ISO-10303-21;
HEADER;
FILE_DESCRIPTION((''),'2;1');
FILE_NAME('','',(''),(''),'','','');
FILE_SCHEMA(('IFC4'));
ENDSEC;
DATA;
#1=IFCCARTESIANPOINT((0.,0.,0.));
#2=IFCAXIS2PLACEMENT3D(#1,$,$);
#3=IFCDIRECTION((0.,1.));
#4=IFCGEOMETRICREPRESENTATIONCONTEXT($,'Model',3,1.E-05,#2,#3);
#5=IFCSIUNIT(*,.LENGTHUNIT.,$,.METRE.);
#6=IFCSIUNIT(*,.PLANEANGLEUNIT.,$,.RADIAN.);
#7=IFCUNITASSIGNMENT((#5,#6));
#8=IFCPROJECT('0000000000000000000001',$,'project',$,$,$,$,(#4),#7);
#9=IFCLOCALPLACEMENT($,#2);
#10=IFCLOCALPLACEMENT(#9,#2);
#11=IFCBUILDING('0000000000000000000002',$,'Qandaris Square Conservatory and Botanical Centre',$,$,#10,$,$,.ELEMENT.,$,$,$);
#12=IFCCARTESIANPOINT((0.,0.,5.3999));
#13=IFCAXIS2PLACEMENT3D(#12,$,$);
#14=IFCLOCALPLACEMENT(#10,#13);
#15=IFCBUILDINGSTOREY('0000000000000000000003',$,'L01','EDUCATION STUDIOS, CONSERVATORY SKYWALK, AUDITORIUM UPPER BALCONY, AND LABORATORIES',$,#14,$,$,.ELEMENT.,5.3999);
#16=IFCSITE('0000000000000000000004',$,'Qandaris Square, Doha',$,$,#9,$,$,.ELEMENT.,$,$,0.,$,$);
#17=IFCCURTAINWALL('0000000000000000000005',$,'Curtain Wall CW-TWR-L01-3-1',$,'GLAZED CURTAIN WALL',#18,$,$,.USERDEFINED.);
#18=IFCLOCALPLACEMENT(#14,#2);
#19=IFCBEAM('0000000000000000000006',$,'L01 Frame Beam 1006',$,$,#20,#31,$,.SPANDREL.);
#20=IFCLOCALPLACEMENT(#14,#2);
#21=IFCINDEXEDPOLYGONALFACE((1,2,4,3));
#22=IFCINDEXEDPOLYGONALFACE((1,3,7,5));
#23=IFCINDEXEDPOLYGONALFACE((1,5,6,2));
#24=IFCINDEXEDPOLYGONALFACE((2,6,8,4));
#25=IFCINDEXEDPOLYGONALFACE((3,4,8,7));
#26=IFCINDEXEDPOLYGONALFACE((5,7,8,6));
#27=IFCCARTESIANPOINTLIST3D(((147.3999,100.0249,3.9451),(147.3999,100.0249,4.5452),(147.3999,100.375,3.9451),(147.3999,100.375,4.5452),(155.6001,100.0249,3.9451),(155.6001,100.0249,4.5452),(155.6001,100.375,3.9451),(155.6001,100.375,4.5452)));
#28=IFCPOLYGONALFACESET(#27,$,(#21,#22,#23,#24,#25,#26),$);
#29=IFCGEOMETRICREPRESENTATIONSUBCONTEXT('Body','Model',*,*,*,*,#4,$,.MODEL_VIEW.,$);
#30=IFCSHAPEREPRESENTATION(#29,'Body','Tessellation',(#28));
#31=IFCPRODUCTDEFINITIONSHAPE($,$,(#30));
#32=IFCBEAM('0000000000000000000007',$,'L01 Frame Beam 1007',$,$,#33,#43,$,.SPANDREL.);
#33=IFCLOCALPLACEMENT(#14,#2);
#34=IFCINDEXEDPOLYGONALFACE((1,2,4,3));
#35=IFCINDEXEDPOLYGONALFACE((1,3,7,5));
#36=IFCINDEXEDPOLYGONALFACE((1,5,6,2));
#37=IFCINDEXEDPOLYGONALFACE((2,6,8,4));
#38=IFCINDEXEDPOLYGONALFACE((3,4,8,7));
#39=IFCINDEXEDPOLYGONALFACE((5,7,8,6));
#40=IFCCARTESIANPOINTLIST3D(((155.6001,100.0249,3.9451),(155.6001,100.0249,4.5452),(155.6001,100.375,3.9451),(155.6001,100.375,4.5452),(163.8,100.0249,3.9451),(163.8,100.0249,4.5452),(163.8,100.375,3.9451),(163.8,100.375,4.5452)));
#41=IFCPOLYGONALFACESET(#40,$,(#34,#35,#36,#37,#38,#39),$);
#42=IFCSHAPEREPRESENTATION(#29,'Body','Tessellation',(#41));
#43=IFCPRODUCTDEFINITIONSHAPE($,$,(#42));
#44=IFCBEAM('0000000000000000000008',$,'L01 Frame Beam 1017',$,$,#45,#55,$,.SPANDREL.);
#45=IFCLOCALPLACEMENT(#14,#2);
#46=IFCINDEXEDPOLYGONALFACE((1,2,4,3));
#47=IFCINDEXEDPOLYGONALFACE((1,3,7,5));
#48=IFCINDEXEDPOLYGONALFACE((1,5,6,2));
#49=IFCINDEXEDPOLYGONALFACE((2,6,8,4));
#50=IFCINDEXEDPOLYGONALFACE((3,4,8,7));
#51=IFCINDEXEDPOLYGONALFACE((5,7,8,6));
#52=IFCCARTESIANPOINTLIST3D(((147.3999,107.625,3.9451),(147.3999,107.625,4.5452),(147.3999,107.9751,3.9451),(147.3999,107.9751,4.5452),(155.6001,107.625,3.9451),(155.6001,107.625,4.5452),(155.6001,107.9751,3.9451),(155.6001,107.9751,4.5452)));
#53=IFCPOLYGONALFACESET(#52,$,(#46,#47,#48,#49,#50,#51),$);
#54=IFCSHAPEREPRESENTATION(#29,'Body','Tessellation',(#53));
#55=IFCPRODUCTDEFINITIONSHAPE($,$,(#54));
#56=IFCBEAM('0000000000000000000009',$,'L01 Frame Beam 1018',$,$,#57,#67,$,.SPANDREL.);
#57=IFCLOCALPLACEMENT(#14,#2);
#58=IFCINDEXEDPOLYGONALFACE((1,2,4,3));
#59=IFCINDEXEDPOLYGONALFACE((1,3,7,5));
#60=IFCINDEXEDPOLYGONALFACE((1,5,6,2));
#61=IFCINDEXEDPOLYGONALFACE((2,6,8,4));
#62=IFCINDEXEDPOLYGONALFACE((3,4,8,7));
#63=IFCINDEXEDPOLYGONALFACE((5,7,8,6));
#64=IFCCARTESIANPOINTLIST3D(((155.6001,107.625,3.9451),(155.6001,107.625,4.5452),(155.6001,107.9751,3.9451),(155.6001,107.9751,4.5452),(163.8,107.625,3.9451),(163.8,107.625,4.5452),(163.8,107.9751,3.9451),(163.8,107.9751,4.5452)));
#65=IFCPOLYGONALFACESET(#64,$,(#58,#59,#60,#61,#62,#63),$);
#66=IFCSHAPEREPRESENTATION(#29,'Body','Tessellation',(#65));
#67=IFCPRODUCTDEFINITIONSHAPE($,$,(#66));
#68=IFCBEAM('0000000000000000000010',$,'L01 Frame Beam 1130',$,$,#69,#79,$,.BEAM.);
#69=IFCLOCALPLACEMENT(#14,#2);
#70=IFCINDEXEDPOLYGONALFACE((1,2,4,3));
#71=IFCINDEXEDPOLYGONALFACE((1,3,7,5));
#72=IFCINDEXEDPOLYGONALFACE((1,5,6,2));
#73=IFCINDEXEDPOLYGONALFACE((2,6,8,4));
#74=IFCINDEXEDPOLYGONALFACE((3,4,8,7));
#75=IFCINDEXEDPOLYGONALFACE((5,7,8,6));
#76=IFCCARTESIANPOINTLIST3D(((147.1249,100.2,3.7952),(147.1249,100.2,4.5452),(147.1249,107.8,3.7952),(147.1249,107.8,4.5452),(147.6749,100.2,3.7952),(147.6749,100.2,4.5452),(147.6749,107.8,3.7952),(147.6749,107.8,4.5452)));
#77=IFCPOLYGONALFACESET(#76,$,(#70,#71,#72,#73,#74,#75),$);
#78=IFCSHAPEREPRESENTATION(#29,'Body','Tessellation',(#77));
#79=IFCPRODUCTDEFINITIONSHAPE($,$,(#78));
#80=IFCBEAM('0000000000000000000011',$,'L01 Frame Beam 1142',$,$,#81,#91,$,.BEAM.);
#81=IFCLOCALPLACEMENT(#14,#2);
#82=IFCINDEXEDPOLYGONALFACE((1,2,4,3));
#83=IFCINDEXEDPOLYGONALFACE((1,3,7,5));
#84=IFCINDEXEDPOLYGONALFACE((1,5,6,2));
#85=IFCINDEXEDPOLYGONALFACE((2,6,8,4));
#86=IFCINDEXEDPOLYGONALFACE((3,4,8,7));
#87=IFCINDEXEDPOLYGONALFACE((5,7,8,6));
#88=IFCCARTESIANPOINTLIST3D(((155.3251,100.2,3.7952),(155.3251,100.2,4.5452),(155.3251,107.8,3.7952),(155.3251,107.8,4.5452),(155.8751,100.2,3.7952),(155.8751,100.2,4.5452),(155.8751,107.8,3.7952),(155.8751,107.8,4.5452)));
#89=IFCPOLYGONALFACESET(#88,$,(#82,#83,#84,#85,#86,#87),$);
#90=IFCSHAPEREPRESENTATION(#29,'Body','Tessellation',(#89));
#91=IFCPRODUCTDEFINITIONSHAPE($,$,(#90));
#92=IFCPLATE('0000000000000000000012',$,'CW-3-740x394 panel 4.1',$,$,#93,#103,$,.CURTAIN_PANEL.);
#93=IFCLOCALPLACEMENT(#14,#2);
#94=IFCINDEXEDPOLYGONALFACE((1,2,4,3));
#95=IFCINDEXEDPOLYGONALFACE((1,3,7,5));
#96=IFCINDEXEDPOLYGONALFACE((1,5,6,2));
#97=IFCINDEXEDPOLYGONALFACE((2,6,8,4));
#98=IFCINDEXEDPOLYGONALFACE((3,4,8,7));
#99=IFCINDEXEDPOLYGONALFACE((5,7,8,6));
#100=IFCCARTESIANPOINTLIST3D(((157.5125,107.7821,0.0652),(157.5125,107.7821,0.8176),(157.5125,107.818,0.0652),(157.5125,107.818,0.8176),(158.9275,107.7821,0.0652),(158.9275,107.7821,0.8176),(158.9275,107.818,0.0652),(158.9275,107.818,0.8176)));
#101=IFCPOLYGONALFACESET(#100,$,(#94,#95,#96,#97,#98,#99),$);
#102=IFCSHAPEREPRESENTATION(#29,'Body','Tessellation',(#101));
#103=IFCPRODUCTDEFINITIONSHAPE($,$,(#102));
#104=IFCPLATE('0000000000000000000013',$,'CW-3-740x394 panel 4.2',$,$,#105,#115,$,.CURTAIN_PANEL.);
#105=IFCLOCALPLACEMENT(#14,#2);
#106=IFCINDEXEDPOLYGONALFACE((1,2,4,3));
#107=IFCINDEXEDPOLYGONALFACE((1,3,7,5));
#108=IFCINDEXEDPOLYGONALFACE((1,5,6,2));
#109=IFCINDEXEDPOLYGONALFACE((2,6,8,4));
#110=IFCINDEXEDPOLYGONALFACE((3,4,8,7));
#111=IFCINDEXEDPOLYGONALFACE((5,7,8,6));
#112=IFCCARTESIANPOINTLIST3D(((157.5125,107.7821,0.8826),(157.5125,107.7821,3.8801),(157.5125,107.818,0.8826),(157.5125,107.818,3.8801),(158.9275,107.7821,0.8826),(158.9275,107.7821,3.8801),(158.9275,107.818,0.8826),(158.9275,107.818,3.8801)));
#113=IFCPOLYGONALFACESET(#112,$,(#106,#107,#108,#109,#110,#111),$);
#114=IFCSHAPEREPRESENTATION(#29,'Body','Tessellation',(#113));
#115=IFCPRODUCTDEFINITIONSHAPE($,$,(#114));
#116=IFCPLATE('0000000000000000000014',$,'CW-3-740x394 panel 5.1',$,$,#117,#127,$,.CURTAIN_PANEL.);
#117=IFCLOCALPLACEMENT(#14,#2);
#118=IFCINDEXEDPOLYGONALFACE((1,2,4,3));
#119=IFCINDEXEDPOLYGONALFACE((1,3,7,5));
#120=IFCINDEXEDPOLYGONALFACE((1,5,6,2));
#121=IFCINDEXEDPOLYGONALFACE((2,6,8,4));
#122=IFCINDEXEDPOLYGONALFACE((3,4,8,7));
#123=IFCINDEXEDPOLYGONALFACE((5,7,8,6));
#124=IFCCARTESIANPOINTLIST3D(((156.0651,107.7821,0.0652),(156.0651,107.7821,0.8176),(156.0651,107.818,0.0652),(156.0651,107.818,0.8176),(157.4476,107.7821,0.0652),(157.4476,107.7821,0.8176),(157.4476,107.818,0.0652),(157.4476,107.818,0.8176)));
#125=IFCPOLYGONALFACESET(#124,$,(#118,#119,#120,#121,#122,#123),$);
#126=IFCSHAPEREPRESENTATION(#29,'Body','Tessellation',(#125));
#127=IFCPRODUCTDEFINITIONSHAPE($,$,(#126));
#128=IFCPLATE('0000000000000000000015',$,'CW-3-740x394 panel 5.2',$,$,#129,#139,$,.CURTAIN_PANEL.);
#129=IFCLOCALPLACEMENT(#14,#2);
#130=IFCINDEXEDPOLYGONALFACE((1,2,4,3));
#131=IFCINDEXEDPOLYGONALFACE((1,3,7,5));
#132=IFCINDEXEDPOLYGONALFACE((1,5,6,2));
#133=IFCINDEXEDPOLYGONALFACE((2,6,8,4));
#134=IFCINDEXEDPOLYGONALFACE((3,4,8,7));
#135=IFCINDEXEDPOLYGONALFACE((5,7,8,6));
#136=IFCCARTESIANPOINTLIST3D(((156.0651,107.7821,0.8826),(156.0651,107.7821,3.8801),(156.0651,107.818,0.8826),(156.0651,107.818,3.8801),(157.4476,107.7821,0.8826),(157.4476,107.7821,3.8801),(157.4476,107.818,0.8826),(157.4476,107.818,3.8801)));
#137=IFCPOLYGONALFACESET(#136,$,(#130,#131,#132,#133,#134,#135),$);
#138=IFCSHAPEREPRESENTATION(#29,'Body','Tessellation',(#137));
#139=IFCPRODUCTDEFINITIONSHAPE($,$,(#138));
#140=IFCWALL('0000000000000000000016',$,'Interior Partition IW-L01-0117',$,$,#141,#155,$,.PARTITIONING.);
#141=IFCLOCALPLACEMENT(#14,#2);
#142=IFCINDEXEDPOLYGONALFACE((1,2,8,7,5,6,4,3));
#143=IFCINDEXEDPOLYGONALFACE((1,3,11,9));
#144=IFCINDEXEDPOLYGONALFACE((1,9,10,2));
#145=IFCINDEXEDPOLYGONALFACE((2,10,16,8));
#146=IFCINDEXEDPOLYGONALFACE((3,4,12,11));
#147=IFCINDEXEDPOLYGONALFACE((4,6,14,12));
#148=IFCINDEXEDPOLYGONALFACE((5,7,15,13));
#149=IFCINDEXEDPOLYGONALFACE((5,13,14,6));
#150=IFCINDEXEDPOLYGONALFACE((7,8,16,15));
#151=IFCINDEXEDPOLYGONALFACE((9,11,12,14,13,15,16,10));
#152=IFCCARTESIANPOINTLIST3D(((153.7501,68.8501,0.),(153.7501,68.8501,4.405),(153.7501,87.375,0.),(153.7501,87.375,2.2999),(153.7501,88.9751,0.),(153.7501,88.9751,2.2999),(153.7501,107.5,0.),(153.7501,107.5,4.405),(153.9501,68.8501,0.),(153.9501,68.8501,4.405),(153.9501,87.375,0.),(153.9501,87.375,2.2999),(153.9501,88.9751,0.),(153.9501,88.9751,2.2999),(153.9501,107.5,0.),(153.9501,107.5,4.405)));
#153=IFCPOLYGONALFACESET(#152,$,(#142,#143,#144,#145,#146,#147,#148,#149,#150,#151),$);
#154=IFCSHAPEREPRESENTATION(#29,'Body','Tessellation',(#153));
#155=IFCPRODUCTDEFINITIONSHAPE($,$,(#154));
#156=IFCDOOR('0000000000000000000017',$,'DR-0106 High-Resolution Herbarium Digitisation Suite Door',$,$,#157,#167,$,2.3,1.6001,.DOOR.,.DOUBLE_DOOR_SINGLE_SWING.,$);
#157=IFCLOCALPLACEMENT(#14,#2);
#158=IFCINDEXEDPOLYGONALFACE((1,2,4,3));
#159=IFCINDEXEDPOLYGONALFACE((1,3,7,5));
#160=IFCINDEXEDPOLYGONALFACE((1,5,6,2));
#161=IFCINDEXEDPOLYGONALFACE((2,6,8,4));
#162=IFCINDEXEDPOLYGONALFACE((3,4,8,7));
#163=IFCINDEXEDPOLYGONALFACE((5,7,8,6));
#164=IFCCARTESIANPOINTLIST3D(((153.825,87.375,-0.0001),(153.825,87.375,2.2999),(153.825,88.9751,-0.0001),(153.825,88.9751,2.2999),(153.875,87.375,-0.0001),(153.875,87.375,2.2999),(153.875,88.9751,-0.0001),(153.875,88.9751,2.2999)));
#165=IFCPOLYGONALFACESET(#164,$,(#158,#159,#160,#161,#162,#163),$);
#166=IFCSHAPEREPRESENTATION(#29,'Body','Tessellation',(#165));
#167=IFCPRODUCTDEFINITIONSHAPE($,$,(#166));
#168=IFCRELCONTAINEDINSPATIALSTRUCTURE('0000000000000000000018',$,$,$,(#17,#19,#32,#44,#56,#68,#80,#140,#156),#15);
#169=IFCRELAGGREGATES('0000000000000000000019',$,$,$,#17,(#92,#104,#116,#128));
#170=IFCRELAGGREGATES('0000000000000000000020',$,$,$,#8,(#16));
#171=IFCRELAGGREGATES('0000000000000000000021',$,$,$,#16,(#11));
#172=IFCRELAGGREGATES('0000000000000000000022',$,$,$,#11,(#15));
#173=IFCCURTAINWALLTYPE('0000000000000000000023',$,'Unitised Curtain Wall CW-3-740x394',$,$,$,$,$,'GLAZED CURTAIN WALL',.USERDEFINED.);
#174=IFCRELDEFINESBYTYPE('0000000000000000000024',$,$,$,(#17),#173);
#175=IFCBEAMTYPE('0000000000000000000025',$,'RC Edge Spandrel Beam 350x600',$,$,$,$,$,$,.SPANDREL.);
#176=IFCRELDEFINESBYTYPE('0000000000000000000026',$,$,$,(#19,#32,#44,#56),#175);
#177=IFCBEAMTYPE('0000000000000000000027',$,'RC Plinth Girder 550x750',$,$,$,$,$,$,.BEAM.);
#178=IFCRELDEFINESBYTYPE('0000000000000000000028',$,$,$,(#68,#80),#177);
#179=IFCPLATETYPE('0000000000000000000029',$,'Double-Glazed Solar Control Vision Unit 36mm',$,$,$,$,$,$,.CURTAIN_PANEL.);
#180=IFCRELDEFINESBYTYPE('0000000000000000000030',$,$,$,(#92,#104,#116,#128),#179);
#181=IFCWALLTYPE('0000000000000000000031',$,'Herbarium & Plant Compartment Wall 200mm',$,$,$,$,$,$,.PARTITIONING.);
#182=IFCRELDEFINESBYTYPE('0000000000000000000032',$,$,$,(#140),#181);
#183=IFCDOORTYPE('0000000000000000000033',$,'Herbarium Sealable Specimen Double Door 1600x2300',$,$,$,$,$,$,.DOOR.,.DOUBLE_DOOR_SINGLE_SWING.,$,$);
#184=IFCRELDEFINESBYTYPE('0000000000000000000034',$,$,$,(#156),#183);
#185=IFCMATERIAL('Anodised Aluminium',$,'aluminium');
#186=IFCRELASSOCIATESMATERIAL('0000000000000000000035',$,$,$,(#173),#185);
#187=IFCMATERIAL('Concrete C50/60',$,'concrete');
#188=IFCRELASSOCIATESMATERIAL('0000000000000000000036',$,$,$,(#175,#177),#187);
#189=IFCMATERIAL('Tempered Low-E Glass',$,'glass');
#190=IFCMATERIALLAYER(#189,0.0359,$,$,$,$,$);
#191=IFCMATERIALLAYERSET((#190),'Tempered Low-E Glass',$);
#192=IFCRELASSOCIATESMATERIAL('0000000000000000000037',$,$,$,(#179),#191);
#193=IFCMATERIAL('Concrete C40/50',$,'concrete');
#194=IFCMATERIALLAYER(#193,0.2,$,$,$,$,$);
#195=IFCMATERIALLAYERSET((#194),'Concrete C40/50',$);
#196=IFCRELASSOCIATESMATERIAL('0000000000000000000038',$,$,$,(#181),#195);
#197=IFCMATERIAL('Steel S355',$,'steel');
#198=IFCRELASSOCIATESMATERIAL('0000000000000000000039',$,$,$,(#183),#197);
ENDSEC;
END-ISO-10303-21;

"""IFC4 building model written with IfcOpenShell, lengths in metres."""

from ifc_helpers import new_model, si_unit, direction, frame, frame_2d, origin, origin_2d, place, context, subcontext, project, spatial, rectangle, extrude, material, layer, layer_set, material_profile, profile_set, type_object, element, fill, aggregate, save


model = new_model("IFC4")

# Units and contexts
model_context = context("Model", 3, precision=1e-05, world=origin(), true_north=direction((0.0, 1.0)))
body_context = subcontext(model_context, "Body", "Model", "MODEL_VIEW")
ifc_project = project(units=[si_unit("LENGTHUNIT", "METRE"), si_unit("PLANEANGLEUNIT", "RADIAN")], contexts=[model_context])

# Site, building, storey
site_placement = place(None, origin())
site = spatial("IfcSite", under=ifc_project, at=site_placement, Name="Qandaris Square, Doha", CompositionType="ELEMENT", RefElevation=0.0)
building_placement = place(site_placement, origin())
building = spatial("IfcBuilding", under=site, at=building_placement, Name="Qandaris Square Conservatory and Botanical Centre", CompositionType="ELEMENT")
storey_placement = place(building_placement, frame((0.0, 0.0, 5.3999)))
storey = spatial("IfcBuildingStorey", under=building, at=storey_placement, Name="L01", Description="EDUCATION STUDIOS, CONSERVATORY SKYWALK, AUDITORIUM UPPER BALCONY, AND LABORATORIES", CompositionType="ELEMENT", Elevation=5.3999)

# Shared definitions
ifc_material_1 = material(Name="Concrete C40/50", Category="concrete")

# Shared definitions
ifc_material_2 = material(Name="Steel S355", Category="steel")

# Curtain wall
ifc_material_3 = material(Name="Anodised Aluminium", Category="aluminium")
curtain_wall_type = type_object("IfcCurtainWallType", Name="Unitised Curtain Wall CW-3-740x394", ElementType="GLAZED CURTAIN WALL", PredefinedType="USERDEFINED", material=ifc_material_3)
curtain_wall_1_placement = place(storey_placement, origin())
curtain_wall_1 = element("IfcCurtainWall", 1, at=curtain_wall_1_placement, inside=storey, type_object=curtain_wall_type, Name="Curtain Wall CW-TWR-L01-3-1", ObjectType="GLAZED CURTAIN WALL", PredefinedType="USERDEFINED")

# Beams
ifc_material_4 = material(Name="Concrete C50/60", Category="concrete")
ifc_material_profile_1 = material_profile(ifc_material_4, rectangle(XDim=0.3501, YDim=0.6001, at=origin_2d()), Name="RC-SP 350x600")
ifc_profile_set_1 = profile_set([ifc_material_profile_1], Name="Concrete C50/60")
beam_type_1 = type_object("IfcBeamType", Name="RC Edge Spandrel Beam 350x600", PredefinedType="SPANDREL", material=ifc_profile_set_1)
beam_1_placement = place(storey_placement, frame((147.3999, 100.2, 4.2451), z_axis=(1.0, 0.0, 0.0), x_axis=(0.0, 1.0, 0.0)))
element("IfcBeam", 2, at=beam_1_placement, inside=storey, type_object=beam_type_1, Name="L01 Frame Beam 1006", PredefinedType="SPANDREL", context=body_context, shape_type="SweptSolid", body=[
    extrude(rectangle(XDim=0.3501, YDim=0.6001, at=origin_2d()), origin(), (0.0, 0.0, 1.0), 8.2002),
])
beam_2_placement = place(storey_placement, frame((155.6001, 100.2, 4.2451), z_axis=(1.0, 0.0, 0.0), x_axis=(0.0, 1.0, 0.0)))
element("IfcBeam", 3, at=beam_2_placement, inside=storey, type_object=beam_type_1, Name="L01 Frame Beam 1007", PredefinedType="SPANDREL", context=body_context, shape_type="SweptSolid", body=[
    extrude(rectangle(XDim=0.3501, YDim=0.6001, at=origin_2d()), origin(), (0.0, 0.0, 1.0), 8.2),
])
beam_3_placement = place(storey_placement, frame((147.3999, 107.8, 4.2451), z_axis=(1.0, 0.0, 0.0), x_axis=(0.0, 1.0, 0.0)))
element("IfcBeam", 4, at=beam_3_placement, inside=storey, type_object=beam_type_1, Name="L01 Frame Beam 1017", PredefinedType="SPANDREL", context=body_context, shape_type="SweptSolid", body=[
    extrude(rectangle(XDim=0.3501, YDim=0.6001, at=origin_2d()), origin(), (0.0, 0.0, 1.0), 8.2002),
])
beam_4_placement = place(storey_placement, frame((155.6001, 107.8, 4.2451), z_axis=(1.0, 0.0, 0.0), x_axis=(0.0, 1.0, 0.0)))
element("IfcBeam", 5, at=beam_4_placement, inside=storey, type_object=beam_type_1, Name="L01 Frame Beam 1018", PredefinedType="SPANDREL", context=body_context, shape_type="SweptSolid", body=[
    extrude(rectangle(XDim=0.3501, YDim=0.6001, at=origin_2d()), origin(), (0.0, 0.0, 1.0), 8.2),
])
ifc_material_profile_2 = material_profile(ifc_material_4, rectangle(XDim=0.55, YDim=0.75, at=origin_2d()), Name="RC-BM 550x750")
ifc_profile_set_2 = profile_set([ifc_material_profile_2], Name="Concrete C50/60")
beam_type_2 = type_object("IfcBeamType", Name="RC Plinth Girder 550x750", PredefinedType="BEAM", material=ifc_profile_set_2)
for number, where, z_axis, x_axis, name in (
    (6, (147.3999, 100.2, 4.1702), (0.0, 1.0, 0.0), (-1.0, 0.0, 0.0), "L01 Frame Beam 1130"),
    (7, (155.6001, 100.2, 4.1702), (0.0, 1.0, 0.0), (-1.0, 0.0, 0.0), "L01 Frame Beam 1142"),
):
    element("IfcBeam", number, at=place(storey_placement, frame(where, z_axis=z_axis, x_axis=x_axis)), inside=storey, type_object=beam_type_2, Name=name, PredefinedType="BEAM", context=body_context, shape_type="SweptSolid", body=[
        extrude(rectangle(XDim=0.55, YDim=0.75, at=origin_2d()), origin(), (0.0, 0.0, 1.0), 7.6001),
    ])

# Plates
ifc_material_5 = material(Name="Tempered Low-E Glass", Category="glass")
ifc_layer_1 = layer(ifc_material_5, 0.0359)
ifc_layer_set_1 = layer_set([ifc_layer_1], Name="Tempered Low-E Glass")
plate_type = type_object("IfcPlateType", Name="Double-Glazed Solar Control Vision Unit 36mm", PredefinedType="CURTAIN_PANEL", material=ifc_layer_set_1)
plate_1_placement = place(storey_placement, frame((158.22, 107.8, 0.0652), z_axis=(0.0, 0.0, 1.0), x_axis=(-1.0, 0.0, 0.0)))
plate_1 = element("IfcPlate", 8, at=plate_1_placement, type_object=plate_type, Name="CW-3-740x394 panel 4.1", PredefinedType="CURTAIN_PANEL", context=body_context, shape_type="SweptSolid", body=[
    extrude(rectangle(XDim=1.415, YDim=0.0359, at=origin_2d()), origin(), (0.0, 0.0, 1.0), 0.7524),
])
plate_2_placement = place(storey_placement, frame((158.22, 107.8, 0.8826), z_axis=(0.0, 0.0, 1.0), x_axis=(-1.0, 0.0, 0.0)))
plate_2 = element("IfcPlate", 9, at=plate_2_placement, type_object=plate_type, Name="CW-3-740x394 panel 4.2", PredefinedType="CURTAIN_PANEL", context=body_context, shape_type="SweptSolid", body=[
    extrude(rectangle(XDim=1.415, YDim=0.0359, at=origin_2d()), origin(), (0.0, 0.0, 1.0), 2.9976),
])
plate_3_placement = place(storey_placement, frame((156.7563, 107.8, 0.0652), z_axis=(0.0, 0.0, 1.0), x_axis=(-1.0, 0.0, 0.0)))
plate_3 = element("IfcPlate", 10, at=plate_3_placement, type_object=plate_type, Name="CW-3-740x394 panel 5.1", PredefinedType="CURTAIN_PANEL", context=body_context, shape_type="SweptSolid", body=[
    extrude(rectangle(XDim=1.3826, YDim=0.0359, at=origin_2d()), origin(), (0.0, 0.0, 1.0), 0.7524),
])
plate_4_placement = place(storey_placement, frame((156.7563, 107.8, 0.8826), z_axis=(0.0, 0.0, 1.0), x_axis=(-1.0, 0.0, 0.0)))
plate_4 = element("IfcPlate", 11, at=plate_4_placement, type_object=plate_type, Name="CW-3-740x394 panel 5.2", PredefinedType="CURTAIN_PANEL", context=body_context, shape_type="SweptSolid", body=[
    extrude(rectangle(XDim=1.3826, YDim=0.0359, at=origin_2d()), origin(), (0.0, 0.0, 1.0), 2.9976),
])
aggregate(curtain_wall_1, [plate_1, plate_2, plate_3, plate_4])

# Wall, opening, door
ifc_layer_2 = layer(ifc_material_1, 0.2)
ifc_layer_set_2 = layer_set([ifc_layer_2], Name="Concrete C40/50")
wall_type_1 = type_object("IfcWallType", Name="Herbarium & Plant Compartment Wall 200mm", PredefinedType="PARTITIONING", material=ifc_layer_set_2)
wall_1_placement = place(storey_placement, frame((153.8501, 107.5, 0.0), z_axis=(0.0, 0.0, 1.0), x_axis=(0.0, -1.0, 0.0)))
wall_1 = element("IfcWall", 12, at=wall_1_placement, inside=storey, type_object=wall_type_1, Name="Interior Partition IW-L01-0117", PredefinedType="PARTITIONING", context=body_context, shape_type="SweptSolid", body=[
    extrude(rectangle(XDim=38.6499, YDim=0.2, at=frame_2d((19.325, 0.0))), origin(), (0.0, 0.0, 1.0), 4.405),
])
opening_1_placement = place(wall_1_placement, frame((18.5249, 0.0, 0.0)))
opening_1 = element("IfcOpeningElement", 13, at=opening_1_placement, cuts=wall_1, PredefinedType="OPENING", context=body_context, shape_type="SweptSolid", body=[
    extrude(rectangle(XDim=1.6001, YDim=2.3, at=frame_2d((0.8, 1.1499))), frame((0.0, 0.1118, 0.0), z_axis=(0.0, -1.0, 0.0), x_axis=(1.0, 0.0, 0.0)), (0.0, 0.0, 1.0), 0.2239),
])
door_type = type_object("IfcDoorType", Name="Herbarium Sealable Specimen Double Door 1600x2300", OperationType="DOUBLE_DOOR_SINGLE_SWING", PredefinedType="DOOR", material=ifc_material_2)
door_placement = place(opening_1_placement, origin())
door = element("IfcDoor", 14, at=door_placement, inside=storey, type_object=door_type, Name="DR-0106 High-Resolution Herbarium Digitisation Suite Door", OperationType="DOUBLE_DOOR_SINGLE_SWING", OverallHeight=2.3, OverallWidth=1.6001, PredefinedType="DOOR", context=body_context, shape_type="SweptSolid", body=[
    extrude(rectangle(XDim=1.6001, YDim=2.3, at=frame_2d((0.8, 1.1499))), frame((0.0, 0.0249, 0.0), z_axis=(0.0, -1.0, 0.0), x_axis=(1.0, 0.0, 0.0)), (0.0, 0.0, 1.0), 0.05),
])
fill(opening_1, door)

save(model, "model.ifc")
